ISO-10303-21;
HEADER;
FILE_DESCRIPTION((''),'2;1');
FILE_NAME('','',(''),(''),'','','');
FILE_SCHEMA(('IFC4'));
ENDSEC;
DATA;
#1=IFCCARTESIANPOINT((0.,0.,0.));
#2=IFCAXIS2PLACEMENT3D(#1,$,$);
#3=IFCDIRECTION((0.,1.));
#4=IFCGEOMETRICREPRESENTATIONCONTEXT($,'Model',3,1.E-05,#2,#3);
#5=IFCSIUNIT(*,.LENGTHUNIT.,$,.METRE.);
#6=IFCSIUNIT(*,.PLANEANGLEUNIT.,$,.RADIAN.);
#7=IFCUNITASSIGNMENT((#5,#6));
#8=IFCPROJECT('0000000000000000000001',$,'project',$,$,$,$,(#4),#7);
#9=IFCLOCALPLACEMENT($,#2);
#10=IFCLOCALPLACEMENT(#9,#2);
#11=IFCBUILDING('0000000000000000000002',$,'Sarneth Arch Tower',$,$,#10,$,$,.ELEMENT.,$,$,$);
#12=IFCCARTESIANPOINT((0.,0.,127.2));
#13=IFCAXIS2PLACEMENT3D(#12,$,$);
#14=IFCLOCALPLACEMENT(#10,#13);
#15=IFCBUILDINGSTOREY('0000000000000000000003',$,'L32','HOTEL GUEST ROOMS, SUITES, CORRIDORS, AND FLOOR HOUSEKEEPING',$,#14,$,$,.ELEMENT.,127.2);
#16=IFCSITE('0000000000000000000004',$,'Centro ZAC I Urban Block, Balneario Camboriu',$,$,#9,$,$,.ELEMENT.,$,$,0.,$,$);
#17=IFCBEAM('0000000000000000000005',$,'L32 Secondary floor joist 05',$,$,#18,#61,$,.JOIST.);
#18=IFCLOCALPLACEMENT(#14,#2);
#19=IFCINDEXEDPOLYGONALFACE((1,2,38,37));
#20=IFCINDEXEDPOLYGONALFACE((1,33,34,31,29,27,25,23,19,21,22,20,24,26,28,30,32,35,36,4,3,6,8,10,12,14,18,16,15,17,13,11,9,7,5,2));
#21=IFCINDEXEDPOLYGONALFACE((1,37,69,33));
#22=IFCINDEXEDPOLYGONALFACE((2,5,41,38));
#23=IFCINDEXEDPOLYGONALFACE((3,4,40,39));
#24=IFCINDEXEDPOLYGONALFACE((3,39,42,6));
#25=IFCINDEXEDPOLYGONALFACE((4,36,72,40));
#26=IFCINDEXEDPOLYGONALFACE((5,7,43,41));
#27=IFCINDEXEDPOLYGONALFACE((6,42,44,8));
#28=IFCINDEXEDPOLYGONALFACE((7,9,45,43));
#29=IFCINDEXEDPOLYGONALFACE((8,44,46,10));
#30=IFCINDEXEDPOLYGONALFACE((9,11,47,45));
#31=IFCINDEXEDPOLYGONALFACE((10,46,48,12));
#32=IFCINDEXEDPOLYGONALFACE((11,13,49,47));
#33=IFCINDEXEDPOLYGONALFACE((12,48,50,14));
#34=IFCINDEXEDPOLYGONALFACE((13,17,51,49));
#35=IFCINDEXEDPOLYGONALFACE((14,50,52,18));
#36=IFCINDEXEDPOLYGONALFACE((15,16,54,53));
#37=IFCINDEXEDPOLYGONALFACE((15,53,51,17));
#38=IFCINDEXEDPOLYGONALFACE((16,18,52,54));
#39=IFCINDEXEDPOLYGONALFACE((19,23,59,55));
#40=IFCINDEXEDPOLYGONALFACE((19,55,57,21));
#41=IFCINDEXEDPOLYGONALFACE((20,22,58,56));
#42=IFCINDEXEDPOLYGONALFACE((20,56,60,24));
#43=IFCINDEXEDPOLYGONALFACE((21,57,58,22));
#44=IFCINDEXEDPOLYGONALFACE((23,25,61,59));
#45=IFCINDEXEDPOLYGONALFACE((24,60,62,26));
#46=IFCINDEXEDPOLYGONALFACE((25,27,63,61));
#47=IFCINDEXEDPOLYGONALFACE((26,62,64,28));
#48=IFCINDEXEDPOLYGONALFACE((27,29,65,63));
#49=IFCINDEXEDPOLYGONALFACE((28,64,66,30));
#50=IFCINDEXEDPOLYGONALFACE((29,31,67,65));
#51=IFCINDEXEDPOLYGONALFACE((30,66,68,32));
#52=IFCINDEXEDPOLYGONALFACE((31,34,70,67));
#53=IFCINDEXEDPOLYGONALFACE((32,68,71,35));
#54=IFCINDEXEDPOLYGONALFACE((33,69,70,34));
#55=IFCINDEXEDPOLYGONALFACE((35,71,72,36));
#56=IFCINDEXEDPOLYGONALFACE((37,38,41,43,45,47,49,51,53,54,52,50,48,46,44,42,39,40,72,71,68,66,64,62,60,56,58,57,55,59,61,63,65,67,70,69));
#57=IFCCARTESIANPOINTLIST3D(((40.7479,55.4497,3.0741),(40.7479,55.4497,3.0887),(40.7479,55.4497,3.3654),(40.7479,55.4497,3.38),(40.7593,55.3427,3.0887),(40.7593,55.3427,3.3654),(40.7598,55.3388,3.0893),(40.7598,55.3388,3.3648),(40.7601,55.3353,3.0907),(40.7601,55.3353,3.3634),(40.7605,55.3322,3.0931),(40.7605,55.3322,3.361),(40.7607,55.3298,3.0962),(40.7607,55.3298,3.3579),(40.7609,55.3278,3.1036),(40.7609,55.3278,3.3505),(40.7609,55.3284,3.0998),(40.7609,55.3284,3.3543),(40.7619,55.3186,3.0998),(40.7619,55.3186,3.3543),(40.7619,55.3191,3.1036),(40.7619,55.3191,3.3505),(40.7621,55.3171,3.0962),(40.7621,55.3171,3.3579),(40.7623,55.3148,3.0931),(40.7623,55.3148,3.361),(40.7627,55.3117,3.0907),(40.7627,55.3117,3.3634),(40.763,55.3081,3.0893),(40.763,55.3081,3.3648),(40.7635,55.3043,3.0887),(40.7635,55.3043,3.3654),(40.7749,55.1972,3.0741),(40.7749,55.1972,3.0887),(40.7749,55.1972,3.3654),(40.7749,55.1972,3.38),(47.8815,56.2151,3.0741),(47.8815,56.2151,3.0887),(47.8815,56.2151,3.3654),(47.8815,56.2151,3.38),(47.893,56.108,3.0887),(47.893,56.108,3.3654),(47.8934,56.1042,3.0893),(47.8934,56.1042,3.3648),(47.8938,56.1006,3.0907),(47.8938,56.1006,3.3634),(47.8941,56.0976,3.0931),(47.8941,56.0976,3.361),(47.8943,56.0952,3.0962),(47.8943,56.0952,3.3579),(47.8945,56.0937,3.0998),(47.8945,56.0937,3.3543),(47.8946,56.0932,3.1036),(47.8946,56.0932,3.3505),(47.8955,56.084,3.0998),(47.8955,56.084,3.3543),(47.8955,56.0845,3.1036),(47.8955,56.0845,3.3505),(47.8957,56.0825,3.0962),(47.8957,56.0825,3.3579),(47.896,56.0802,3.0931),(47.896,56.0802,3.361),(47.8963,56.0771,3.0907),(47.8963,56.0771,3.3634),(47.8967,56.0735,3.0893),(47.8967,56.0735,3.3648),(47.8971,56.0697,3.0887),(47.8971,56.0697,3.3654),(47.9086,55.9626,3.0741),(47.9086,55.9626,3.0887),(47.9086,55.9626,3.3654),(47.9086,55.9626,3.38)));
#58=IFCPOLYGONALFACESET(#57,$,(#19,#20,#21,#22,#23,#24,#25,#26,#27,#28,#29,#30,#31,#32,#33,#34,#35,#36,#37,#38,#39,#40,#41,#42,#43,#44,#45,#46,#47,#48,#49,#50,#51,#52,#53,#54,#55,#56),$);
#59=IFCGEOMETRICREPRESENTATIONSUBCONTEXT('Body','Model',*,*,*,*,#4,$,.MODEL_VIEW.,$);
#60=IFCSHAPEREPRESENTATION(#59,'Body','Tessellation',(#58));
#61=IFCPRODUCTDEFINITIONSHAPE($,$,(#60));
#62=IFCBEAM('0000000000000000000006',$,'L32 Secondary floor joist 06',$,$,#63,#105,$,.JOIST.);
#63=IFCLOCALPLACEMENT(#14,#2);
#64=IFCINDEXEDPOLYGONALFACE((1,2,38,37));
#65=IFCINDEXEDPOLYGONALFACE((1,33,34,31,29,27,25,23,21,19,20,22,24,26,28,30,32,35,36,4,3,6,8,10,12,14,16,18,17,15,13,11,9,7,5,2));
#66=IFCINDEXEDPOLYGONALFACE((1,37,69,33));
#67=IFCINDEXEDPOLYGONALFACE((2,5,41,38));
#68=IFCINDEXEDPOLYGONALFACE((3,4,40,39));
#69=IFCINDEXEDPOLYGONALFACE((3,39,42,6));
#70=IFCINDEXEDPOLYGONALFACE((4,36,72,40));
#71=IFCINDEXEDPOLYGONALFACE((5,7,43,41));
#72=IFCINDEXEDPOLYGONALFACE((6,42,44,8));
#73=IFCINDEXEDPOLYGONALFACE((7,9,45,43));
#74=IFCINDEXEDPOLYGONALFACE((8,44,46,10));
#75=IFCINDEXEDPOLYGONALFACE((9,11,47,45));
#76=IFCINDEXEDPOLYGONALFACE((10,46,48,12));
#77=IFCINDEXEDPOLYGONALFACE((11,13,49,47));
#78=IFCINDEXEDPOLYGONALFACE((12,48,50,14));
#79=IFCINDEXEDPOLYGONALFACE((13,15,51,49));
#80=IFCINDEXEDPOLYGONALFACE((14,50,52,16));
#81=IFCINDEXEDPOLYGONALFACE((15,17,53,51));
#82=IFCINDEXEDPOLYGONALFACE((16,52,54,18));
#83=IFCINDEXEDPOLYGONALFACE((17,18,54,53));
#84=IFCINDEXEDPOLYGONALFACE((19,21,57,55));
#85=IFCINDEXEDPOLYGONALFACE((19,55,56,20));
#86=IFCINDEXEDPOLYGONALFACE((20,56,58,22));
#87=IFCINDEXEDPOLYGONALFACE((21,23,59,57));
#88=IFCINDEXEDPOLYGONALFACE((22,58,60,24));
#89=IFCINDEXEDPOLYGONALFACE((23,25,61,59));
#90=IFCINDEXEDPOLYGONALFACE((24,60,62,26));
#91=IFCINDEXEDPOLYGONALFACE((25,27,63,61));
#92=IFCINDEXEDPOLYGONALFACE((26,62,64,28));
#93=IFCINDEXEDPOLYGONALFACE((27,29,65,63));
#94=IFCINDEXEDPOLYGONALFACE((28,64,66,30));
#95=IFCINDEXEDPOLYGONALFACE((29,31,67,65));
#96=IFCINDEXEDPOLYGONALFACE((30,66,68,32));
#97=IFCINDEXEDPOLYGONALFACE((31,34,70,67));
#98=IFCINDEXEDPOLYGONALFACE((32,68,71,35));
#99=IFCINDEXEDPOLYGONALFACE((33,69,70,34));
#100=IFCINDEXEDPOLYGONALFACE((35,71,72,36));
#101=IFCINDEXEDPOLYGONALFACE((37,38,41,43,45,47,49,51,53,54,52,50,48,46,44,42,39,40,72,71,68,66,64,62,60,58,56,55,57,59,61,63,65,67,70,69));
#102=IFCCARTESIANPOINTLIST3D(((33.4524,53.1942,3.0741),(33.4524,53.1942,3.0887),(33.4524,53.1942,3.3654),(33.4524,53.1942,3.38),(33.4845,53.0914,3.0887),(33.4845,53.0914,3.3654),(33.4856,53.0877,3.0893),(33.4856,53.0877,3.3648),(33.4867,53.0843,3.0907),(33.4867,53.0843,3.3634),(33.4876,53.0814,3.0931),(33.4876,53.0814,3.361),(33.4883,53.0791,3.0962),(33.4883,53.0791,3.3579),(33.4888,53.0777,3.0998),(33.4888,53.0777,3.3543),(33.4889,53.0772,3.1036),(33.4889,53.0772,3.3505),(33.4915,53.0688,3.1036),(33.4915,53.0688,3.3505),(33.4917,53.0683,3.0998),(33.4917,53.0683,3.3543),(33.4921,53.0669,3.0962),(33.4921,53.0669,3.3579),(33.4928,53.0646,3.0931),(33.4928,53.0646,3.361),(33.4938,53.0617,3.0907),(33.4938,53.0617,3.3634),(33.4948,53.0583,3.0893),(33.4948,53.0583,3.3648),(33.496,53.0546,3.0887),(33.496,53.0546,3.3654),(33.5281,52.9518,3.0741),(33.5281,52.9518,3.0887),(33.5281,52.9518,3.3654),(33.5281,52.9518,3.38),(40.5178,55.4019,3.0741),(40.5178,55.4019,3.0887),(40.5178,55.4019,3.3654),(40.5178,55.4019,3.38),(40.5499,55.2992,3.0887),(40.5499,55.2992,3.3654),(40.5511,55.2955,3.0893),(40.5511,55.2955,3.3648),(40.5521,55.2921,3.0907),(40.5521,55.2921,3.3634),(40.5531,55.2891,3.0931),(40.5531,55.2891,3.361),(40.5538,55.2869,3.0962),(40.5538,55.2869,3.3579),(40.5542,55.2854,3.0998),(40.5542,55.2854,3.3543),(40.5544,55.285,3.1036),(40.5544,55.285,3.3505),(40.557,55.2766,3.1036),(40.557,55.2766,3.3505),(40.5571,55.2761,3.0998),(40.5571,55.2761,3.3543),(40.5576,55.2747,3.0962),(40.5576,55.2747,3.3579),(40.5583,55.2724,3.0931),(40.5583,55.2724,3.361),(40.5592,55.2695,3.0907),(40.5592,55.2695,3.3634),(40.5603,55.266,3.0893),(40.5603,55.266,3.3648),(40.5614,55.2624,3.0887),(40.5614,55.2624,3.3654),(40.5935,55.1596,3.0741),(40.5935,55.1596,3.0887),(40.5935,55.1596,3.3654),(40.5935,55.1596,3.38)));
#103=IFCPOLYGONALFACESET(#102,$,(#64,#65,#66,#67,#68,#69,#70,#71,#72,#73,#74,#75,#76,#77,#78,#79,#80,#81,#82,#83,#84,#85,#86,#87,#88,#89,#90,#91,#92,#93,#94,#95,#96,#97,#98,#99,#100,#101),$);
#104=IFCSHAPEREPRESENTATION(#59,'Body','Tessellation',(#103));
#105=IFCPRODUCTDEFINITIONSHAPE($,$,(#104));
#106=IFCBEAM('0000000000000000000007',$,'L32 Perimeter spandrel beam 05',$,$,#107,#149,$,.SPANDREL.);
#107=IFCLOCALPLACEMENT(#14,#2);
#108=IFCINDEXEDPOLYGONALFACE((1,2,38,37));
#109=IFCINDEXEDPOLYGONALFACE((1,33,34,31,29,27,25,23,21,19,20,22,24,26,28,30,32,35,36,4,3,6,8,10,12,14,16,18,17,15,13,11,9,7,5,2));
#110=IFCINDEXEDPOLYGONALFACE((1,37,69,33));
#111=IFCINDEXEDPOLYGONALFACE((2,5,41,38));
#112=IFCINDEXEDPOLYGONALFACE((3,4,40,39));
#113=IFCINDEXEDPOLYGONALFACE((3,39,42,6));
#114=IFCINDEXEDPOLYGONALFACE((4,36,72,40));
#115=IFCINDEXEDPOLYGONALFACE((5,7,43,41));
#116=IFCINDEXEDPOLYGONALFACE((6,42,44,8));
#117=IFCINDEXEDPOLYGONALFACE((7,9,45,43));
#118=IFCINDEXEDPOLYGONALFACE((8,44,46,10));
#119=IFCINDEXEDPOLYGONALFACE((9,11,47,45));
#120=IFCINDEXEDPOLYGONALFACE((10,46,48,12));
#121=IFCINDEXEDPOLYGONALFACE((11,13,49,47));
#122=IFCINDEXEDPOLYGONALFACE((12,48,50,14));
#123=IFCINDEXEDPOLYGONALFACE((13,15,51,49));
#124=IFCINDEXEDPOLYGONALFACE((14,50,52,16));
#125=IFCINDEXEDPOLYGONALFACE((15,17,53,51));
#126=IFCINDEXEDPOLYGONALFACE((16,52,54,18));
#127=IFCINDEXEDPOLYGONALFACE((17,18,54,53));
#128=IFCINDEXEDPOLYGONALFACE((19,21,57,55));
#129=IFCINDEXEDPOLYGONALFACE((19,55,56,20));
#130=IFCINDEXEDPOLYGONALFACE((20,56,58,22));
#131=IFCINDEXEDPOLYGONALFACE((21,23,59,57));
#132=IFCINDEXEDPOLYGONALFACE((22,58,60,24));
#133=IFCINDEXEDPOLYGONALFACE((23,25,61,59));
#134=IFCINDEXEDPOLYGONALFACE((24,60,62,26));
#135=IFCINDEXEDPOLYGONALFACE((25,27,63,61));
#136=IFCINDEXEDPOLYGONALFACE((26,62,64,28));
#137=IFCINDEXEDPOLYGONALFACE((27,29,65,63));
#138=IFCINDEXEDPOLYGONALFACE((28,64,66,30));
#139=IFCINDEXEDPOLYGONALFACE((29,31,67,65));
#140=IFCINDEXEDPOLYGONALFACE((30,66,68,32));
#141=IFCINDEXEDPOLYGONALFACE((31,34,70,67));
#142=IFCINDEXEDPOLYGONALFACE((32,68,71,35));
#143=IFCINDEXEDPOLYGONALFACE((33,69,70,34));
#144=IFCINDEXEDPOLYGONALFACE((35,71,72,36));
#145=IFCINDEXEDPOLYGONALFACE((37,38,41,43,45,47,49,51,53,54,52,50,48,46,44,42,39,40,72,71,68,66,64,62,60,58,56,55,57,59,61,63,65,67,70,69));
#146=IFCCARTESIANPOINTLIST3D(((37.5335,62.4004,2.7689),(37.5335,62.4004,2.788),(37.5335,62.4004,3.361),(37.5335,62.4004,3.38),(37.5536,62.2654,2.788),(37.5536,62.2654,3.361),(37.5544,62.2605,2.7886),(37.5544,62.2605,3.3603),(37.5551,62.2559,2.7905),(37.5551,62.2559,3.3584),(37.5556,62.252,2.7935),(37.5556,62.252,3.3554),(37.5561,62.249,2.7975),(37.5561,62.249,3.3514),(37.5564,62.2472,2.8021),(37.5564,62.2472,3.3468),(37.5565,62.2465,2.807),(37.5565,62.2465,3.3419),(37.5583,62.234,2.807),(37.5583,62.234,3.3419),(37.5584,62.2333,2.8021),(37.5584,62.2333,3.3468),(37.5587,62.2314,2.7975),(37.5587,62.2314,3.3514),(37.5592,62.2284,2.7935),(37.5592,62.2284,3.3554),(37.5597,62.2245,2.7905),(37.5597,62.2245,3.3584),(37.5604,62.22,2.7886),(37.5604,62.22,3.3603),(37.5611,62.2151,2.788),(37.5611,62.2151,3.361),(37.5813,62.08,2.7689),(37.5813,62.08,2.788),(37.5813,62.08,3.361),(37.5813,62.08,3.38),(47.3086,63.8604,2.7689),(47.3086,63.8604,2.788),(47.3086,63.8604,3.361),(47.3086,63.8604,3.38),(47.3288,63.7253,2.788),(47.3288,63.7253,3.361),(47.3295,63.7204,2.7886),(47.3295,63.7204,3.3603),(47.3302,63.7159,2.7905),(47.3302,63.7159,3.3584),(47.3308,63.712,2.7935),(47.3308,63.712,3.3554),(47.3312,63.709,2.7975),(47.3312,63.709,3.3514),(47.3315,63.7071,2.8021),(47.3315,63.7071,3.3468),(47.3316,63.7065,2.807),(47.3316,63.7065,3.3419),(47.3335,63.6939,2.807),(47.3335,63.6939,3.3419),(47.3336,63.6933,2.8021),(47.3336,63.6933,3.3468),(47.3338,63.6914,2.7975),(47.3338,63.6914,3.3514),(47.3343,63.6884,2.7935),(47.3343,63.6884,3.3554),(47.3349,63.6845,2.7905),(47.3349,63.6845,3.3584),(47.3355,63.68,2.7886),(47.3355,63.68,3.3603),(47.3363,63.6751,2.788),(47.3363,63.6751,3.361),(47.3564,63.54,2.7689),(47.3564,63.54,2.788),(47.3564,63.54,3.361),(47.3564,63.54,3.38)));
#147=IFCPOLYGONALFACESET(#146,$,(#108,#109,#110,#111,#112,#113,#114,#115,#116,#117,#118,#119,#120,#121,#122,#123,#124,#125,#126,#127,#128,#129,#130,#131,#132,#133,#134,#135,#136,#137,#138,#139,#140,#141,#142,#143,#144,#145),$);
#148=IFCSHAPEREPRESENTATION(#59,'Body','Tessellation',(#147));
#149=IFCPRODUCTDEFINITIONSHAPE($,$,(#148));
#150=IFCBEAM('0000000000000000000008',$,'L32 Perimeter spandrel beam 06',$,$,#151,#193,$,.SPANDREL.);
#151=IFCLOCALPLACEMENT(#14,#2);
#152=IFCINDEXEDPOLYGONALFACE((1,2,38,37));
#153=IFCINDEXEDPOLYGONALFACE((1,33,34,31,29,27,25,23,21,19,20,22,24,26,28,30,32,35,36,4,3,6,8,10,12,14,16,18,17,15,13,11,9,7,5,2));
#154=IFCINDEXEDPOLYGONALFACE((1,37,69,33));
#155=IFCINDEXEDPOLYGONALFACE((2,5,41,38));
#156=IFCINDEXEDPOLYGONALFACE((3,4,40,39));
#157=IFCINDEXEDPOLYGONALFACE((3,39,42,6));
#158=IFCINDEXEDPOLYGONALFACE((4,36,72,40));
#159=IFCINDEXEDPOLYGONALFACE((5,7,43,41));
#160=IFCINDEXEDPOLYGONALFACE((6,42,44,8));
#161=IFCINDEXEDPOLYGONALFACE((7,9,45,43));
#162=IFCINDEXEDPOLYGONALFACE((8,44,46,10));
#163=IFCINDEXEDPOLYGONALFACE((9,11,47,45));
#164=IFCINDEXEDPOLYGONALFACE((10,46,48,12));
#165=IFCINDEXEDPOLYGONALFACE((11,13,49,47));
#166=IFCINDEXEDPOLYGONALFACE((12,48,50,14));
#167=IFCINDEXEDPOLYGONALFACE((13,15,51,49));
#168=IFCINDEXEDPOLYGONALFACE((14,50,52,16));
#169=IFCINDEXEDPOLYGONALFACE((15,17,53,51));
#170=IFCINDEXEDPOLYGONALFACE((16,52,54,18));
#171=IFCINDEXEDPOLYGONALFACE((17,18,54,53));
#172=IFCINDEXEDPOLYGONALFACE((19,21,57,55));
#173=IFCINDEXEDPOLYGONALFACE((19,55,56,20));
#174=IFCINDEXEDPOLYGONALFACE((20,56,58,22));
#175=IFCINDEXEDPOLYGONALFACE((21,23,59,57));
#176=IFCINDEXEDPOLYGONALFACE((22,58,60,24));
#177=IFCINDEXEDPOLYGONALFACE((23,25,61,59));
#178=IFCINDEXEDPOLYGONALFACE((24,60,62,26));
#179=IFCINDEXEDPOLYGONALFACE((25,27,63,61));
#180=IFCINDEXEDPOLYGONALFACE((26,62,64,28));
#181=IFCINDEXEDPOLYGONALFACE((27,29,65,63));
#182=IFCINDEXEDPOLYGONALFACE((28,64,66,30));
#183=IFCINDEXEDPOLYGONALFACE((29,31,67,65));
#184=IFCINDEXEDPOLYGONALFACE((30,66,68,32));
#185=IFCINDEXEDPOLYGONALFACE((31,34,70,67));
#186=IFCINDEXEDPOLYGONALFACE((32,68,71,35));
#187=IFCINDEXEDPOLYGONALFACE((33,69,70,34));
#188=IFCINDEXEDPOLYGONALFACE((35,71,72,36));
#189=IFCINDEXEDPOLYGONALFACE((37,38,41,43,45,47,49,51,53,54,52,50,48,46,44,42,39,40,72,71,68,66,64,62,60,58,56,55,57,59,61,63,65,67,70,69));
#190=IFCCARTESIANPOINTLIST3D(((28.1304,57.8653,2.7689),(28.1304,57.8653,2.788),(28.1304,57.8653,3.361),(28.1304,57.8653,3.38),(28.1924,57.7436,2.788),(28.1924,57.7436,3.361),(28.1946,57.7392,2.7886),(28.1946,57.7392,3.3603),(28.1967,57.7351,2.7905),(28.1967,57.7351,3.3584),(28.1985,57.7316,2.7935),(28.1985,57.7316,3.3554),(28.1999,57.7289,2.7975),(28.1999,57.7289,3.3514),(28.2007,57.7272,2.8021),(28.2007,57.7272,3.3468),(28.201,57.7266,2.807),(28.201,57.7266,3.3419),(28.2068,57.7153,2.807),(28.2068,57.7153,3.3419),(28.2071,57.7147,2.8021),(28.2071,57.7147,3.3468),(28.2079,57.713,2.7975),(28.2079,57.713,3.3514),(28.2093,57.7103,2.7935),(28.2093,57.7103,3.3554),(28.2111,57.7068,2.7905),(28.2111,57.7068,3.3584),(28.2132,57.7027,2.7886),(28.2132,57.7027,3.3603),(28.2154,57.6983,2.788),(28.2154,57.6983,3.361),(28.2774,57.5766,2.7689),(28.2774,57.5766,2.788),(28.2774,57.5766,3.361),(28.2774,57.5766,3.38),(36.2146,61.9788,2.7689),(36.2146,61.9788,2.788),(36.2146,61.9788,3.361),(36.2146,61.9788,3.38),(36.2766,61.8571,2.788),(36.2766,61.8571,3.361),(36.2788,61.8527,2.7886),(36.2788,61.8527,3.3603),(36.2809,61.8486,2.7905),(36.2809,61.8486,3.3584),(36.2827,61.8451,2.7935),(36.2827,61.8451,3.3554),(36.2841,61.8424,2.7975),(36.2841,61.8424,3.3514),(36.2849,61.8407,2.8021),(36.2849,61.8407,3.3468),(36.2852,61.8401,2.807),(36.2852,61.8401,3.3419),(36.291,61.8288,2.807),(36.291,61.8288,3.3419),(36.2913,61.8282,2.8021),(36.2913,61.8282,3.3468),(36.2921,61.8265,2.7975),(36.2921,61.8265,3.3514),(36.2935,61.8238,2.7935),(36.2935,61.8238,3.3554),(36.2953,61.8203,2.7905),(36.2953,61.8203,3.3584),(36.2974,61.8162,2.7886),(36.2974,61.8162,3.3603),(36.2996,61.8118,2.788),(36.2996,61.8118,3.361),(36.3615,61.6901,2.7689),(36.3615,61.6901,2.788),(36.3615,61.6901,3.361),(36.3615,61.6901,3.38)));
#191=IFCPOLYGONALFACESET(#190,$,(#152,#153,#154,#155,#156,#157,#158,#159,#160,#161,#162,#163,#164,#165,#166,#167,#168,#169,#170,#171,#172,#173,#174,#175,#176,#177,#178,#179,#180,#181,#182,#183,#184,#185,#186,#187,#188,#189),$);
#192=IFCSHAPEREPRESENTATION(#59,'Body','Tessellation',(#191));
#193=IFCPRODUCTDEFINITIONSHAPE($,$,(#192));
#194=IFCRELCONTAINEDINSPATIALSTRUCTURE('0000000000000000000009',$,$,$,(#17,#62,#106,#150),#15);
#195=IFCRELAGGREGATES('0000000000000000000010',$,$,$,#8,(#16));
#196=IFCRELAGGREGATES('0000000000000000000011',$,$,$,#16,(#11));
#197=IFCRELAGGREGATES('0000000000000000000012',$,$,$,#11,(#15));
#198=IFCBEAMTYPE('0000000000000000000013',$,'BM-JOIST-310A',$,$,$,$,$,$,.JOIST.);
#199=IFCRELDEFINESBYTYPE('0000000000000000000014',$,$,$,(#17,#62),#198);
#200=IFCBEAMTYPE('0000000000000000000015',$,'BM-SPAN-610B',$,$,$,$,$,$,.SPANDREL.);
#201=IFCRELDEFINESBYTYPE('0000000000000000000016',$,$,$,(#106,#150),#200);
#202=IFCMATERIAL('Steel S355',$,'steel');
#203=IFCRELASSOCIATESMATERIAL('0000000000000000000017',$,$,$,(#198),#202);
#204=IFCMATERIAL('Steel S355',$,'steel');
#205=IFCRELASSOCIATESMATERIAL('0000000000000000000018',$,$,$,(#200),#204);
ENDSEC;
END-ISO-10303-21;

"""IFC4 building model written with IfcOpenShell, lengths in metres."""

from ifc_helpers import new_model, si_unit, direction, frame, origin, origin_2d, place, context, subcontext, project, spatial, i_section, extrude, material, material_profile, profile_set, type_object, element, save


model = new_model("IFC4")

# Units and contexts
model_context = context("Model", 3, precision=1e-05, world=origin(), true_north=direction((0.0, 1.0)))
body_context = subcontext(model_context, "Body", "Model", "MODEL_VIEW")
ifc_project = project(units=[si_unit("LENGTHUNIT", "METRE"), si_unit("PLANEANGLEUNIT", "RADIAN")], contexts=[model_context])

# Site, building, storey
site_placement = place(None, origin())
site = spatial("IfcSite", under=ifc_project, at=site_placement, Name="Centro ZAC I Urban Block, Balneario Camboriu", CompositionType="ELEMENT", RefElevation=0.0)
building_placement = place(site_placement, origin())
building = spatial("IfcBuilding", under=site, at=building_placement, Name="Sarneth Arch Tower", CompositionType="ELEMENT")
storey_placement = place(building_placement, frame((0.0, 0.0, 127.2)))
storey = spatial("IfcBuildingStorey", under=building, at=storey_placement, Name="L32", Description="HOTEL GUEST ROOMS, SUITES, CORRIDORS, AND FLOOR HOUSEKEEPING", CompositionType="ELEMENT", Elevation=127.2)

# Beams
ifc_material_1 = material(Name="Steel S355", Category="steel")
ifc_material_profile_1 = material_profile(ifc_material_1, i_section(OverallWidth=0.2539, OverallDepth=0.3059, WebThickness=0.0088, FlangeThickness=0.0146, FilletRadius=0.0149, at=origin_2d()), Name="W310x79")
ifc_profile_set_1 = profile_set([ifc_material_profile_1], Name="Steel S355")
beam_type_1 = type_object("IfcBeamType", Name="BM-JOIST-310A", PredefinedType="JOIST", material=ifc_profile_set_1)
beam_1_placement = place(storey_placement, frame((47.895, 56.0889, 3.2271), z_axis=(-0.994293, -0.106681, 0.0), x_axis=(0.106681, -0.994293, 0.0)))
element("IfcBeam", 1, at=beam_1_placement, inside=storey, type_object=beam_type_1, Name="L32 Secondary floor joist 05", PredefinedType="JOIST", context=body_context, shape_type="SweptSolid", body=[
    extrude(i_section(OverallWidth=0.2539, OverallDepth=0.3059, WebThickness=0.0088, FlangeThickness=0.0146, FilletRadius=0.0149, at=origin_2d()), origin(), (0.0, 0.0, 1.0), 7.1746),
])
beam_2_placement = place(storey_placement, frame((40.5557, 55.2808, 3.2271), z_axis=(-0.954487, -0.298252, 0.0), x_axis=(0.298252, -0.954487, 0.0)))
element("IfcBeam", 2, at=beam_2_placement, inside=storey, type_object=beam_type_1, Name="L32 Secondary floor joist 06", PredefinedType="JOIST", context=body_context, shape_type="SweptSolid", body=[
    extrude(i_section(OverallWidth=0.2539, OverallDepth=0.3059, WebThickness=0.0088, FlangeThickness=0.0146, FilletRadius=0.0149, at=origin_2d()), origin(), (0.0, 0.0, 1.0), 7.4023),
])
ifc_material_2 = material(Name="Steel S355", Category="steel")
ifc_material_profile_2 = material_profile(ifc_material_2, i_section(OverallWidth=0.324, OverallDepth=0.6111, WebThickness=0.0127, FlangeThickness=0.019, FilletRadius=0.019, at=origin_2d()), Name="W610x155")
ifc_profile_set_2 = profile_set([ifc_material_profile_2], Name="Steel S355")
beam_type_2 = type_object("IfcBeamType", Name="BM-SPAN-610B", PredefinedType="SPANDREL", material=ifc_profile_set_2)
beam_3_placement = place(storey_placement, frame((47.3325, 63.7002, 3.0745), z_axis=(-0.98903, -0.147716, 0.0), x_axis=(0.147716, -0.98903, 0.0)))
element("IfcBeam", 3, at=beam_3_placement, inside=storey, type_object=beam_type_2, Name="L32 Perimeter spandrel beam 05", PredefinedType="SPANDREL", context=body_context, shape_type="SweptSolid", body=[
    extrude(i_section(OverallWidth=0.324, OverallDepth=0.6111, WebThickness=0.0127, FlangeThickness=0.019, FilletRadius=0.019, at=origin_2d()), origin(), (0.0, 0.0, 1.0), 9.8835),
])
beam_4_placement = place(storey_placement, frame((36.2881, 61.8345, 3.0745), z_axis=(-0.891256, -0.453501, 0.0), x_axis=(0.453501, -0.891256, 0.0)))
element("IfcBeam", 4, at=beam_4_placement, inside=storey, type_object=beam_type_2, Name="L32 Perimeter spandrel beam 06", PredefinedType="SPANDREL", context=body_context, shape_type="SweptSolid", body=[
    extrude(i_section(OverallWidth=0.324, OverallDepth=0.6111, WebThickness=0.0127, FlangeThickness=0.019, FilletRadius=0.019, at=origin_2d()), origin(), (0.0, 0.0, 1.0), 9.0706),
])

save(model, "model.ifc")
